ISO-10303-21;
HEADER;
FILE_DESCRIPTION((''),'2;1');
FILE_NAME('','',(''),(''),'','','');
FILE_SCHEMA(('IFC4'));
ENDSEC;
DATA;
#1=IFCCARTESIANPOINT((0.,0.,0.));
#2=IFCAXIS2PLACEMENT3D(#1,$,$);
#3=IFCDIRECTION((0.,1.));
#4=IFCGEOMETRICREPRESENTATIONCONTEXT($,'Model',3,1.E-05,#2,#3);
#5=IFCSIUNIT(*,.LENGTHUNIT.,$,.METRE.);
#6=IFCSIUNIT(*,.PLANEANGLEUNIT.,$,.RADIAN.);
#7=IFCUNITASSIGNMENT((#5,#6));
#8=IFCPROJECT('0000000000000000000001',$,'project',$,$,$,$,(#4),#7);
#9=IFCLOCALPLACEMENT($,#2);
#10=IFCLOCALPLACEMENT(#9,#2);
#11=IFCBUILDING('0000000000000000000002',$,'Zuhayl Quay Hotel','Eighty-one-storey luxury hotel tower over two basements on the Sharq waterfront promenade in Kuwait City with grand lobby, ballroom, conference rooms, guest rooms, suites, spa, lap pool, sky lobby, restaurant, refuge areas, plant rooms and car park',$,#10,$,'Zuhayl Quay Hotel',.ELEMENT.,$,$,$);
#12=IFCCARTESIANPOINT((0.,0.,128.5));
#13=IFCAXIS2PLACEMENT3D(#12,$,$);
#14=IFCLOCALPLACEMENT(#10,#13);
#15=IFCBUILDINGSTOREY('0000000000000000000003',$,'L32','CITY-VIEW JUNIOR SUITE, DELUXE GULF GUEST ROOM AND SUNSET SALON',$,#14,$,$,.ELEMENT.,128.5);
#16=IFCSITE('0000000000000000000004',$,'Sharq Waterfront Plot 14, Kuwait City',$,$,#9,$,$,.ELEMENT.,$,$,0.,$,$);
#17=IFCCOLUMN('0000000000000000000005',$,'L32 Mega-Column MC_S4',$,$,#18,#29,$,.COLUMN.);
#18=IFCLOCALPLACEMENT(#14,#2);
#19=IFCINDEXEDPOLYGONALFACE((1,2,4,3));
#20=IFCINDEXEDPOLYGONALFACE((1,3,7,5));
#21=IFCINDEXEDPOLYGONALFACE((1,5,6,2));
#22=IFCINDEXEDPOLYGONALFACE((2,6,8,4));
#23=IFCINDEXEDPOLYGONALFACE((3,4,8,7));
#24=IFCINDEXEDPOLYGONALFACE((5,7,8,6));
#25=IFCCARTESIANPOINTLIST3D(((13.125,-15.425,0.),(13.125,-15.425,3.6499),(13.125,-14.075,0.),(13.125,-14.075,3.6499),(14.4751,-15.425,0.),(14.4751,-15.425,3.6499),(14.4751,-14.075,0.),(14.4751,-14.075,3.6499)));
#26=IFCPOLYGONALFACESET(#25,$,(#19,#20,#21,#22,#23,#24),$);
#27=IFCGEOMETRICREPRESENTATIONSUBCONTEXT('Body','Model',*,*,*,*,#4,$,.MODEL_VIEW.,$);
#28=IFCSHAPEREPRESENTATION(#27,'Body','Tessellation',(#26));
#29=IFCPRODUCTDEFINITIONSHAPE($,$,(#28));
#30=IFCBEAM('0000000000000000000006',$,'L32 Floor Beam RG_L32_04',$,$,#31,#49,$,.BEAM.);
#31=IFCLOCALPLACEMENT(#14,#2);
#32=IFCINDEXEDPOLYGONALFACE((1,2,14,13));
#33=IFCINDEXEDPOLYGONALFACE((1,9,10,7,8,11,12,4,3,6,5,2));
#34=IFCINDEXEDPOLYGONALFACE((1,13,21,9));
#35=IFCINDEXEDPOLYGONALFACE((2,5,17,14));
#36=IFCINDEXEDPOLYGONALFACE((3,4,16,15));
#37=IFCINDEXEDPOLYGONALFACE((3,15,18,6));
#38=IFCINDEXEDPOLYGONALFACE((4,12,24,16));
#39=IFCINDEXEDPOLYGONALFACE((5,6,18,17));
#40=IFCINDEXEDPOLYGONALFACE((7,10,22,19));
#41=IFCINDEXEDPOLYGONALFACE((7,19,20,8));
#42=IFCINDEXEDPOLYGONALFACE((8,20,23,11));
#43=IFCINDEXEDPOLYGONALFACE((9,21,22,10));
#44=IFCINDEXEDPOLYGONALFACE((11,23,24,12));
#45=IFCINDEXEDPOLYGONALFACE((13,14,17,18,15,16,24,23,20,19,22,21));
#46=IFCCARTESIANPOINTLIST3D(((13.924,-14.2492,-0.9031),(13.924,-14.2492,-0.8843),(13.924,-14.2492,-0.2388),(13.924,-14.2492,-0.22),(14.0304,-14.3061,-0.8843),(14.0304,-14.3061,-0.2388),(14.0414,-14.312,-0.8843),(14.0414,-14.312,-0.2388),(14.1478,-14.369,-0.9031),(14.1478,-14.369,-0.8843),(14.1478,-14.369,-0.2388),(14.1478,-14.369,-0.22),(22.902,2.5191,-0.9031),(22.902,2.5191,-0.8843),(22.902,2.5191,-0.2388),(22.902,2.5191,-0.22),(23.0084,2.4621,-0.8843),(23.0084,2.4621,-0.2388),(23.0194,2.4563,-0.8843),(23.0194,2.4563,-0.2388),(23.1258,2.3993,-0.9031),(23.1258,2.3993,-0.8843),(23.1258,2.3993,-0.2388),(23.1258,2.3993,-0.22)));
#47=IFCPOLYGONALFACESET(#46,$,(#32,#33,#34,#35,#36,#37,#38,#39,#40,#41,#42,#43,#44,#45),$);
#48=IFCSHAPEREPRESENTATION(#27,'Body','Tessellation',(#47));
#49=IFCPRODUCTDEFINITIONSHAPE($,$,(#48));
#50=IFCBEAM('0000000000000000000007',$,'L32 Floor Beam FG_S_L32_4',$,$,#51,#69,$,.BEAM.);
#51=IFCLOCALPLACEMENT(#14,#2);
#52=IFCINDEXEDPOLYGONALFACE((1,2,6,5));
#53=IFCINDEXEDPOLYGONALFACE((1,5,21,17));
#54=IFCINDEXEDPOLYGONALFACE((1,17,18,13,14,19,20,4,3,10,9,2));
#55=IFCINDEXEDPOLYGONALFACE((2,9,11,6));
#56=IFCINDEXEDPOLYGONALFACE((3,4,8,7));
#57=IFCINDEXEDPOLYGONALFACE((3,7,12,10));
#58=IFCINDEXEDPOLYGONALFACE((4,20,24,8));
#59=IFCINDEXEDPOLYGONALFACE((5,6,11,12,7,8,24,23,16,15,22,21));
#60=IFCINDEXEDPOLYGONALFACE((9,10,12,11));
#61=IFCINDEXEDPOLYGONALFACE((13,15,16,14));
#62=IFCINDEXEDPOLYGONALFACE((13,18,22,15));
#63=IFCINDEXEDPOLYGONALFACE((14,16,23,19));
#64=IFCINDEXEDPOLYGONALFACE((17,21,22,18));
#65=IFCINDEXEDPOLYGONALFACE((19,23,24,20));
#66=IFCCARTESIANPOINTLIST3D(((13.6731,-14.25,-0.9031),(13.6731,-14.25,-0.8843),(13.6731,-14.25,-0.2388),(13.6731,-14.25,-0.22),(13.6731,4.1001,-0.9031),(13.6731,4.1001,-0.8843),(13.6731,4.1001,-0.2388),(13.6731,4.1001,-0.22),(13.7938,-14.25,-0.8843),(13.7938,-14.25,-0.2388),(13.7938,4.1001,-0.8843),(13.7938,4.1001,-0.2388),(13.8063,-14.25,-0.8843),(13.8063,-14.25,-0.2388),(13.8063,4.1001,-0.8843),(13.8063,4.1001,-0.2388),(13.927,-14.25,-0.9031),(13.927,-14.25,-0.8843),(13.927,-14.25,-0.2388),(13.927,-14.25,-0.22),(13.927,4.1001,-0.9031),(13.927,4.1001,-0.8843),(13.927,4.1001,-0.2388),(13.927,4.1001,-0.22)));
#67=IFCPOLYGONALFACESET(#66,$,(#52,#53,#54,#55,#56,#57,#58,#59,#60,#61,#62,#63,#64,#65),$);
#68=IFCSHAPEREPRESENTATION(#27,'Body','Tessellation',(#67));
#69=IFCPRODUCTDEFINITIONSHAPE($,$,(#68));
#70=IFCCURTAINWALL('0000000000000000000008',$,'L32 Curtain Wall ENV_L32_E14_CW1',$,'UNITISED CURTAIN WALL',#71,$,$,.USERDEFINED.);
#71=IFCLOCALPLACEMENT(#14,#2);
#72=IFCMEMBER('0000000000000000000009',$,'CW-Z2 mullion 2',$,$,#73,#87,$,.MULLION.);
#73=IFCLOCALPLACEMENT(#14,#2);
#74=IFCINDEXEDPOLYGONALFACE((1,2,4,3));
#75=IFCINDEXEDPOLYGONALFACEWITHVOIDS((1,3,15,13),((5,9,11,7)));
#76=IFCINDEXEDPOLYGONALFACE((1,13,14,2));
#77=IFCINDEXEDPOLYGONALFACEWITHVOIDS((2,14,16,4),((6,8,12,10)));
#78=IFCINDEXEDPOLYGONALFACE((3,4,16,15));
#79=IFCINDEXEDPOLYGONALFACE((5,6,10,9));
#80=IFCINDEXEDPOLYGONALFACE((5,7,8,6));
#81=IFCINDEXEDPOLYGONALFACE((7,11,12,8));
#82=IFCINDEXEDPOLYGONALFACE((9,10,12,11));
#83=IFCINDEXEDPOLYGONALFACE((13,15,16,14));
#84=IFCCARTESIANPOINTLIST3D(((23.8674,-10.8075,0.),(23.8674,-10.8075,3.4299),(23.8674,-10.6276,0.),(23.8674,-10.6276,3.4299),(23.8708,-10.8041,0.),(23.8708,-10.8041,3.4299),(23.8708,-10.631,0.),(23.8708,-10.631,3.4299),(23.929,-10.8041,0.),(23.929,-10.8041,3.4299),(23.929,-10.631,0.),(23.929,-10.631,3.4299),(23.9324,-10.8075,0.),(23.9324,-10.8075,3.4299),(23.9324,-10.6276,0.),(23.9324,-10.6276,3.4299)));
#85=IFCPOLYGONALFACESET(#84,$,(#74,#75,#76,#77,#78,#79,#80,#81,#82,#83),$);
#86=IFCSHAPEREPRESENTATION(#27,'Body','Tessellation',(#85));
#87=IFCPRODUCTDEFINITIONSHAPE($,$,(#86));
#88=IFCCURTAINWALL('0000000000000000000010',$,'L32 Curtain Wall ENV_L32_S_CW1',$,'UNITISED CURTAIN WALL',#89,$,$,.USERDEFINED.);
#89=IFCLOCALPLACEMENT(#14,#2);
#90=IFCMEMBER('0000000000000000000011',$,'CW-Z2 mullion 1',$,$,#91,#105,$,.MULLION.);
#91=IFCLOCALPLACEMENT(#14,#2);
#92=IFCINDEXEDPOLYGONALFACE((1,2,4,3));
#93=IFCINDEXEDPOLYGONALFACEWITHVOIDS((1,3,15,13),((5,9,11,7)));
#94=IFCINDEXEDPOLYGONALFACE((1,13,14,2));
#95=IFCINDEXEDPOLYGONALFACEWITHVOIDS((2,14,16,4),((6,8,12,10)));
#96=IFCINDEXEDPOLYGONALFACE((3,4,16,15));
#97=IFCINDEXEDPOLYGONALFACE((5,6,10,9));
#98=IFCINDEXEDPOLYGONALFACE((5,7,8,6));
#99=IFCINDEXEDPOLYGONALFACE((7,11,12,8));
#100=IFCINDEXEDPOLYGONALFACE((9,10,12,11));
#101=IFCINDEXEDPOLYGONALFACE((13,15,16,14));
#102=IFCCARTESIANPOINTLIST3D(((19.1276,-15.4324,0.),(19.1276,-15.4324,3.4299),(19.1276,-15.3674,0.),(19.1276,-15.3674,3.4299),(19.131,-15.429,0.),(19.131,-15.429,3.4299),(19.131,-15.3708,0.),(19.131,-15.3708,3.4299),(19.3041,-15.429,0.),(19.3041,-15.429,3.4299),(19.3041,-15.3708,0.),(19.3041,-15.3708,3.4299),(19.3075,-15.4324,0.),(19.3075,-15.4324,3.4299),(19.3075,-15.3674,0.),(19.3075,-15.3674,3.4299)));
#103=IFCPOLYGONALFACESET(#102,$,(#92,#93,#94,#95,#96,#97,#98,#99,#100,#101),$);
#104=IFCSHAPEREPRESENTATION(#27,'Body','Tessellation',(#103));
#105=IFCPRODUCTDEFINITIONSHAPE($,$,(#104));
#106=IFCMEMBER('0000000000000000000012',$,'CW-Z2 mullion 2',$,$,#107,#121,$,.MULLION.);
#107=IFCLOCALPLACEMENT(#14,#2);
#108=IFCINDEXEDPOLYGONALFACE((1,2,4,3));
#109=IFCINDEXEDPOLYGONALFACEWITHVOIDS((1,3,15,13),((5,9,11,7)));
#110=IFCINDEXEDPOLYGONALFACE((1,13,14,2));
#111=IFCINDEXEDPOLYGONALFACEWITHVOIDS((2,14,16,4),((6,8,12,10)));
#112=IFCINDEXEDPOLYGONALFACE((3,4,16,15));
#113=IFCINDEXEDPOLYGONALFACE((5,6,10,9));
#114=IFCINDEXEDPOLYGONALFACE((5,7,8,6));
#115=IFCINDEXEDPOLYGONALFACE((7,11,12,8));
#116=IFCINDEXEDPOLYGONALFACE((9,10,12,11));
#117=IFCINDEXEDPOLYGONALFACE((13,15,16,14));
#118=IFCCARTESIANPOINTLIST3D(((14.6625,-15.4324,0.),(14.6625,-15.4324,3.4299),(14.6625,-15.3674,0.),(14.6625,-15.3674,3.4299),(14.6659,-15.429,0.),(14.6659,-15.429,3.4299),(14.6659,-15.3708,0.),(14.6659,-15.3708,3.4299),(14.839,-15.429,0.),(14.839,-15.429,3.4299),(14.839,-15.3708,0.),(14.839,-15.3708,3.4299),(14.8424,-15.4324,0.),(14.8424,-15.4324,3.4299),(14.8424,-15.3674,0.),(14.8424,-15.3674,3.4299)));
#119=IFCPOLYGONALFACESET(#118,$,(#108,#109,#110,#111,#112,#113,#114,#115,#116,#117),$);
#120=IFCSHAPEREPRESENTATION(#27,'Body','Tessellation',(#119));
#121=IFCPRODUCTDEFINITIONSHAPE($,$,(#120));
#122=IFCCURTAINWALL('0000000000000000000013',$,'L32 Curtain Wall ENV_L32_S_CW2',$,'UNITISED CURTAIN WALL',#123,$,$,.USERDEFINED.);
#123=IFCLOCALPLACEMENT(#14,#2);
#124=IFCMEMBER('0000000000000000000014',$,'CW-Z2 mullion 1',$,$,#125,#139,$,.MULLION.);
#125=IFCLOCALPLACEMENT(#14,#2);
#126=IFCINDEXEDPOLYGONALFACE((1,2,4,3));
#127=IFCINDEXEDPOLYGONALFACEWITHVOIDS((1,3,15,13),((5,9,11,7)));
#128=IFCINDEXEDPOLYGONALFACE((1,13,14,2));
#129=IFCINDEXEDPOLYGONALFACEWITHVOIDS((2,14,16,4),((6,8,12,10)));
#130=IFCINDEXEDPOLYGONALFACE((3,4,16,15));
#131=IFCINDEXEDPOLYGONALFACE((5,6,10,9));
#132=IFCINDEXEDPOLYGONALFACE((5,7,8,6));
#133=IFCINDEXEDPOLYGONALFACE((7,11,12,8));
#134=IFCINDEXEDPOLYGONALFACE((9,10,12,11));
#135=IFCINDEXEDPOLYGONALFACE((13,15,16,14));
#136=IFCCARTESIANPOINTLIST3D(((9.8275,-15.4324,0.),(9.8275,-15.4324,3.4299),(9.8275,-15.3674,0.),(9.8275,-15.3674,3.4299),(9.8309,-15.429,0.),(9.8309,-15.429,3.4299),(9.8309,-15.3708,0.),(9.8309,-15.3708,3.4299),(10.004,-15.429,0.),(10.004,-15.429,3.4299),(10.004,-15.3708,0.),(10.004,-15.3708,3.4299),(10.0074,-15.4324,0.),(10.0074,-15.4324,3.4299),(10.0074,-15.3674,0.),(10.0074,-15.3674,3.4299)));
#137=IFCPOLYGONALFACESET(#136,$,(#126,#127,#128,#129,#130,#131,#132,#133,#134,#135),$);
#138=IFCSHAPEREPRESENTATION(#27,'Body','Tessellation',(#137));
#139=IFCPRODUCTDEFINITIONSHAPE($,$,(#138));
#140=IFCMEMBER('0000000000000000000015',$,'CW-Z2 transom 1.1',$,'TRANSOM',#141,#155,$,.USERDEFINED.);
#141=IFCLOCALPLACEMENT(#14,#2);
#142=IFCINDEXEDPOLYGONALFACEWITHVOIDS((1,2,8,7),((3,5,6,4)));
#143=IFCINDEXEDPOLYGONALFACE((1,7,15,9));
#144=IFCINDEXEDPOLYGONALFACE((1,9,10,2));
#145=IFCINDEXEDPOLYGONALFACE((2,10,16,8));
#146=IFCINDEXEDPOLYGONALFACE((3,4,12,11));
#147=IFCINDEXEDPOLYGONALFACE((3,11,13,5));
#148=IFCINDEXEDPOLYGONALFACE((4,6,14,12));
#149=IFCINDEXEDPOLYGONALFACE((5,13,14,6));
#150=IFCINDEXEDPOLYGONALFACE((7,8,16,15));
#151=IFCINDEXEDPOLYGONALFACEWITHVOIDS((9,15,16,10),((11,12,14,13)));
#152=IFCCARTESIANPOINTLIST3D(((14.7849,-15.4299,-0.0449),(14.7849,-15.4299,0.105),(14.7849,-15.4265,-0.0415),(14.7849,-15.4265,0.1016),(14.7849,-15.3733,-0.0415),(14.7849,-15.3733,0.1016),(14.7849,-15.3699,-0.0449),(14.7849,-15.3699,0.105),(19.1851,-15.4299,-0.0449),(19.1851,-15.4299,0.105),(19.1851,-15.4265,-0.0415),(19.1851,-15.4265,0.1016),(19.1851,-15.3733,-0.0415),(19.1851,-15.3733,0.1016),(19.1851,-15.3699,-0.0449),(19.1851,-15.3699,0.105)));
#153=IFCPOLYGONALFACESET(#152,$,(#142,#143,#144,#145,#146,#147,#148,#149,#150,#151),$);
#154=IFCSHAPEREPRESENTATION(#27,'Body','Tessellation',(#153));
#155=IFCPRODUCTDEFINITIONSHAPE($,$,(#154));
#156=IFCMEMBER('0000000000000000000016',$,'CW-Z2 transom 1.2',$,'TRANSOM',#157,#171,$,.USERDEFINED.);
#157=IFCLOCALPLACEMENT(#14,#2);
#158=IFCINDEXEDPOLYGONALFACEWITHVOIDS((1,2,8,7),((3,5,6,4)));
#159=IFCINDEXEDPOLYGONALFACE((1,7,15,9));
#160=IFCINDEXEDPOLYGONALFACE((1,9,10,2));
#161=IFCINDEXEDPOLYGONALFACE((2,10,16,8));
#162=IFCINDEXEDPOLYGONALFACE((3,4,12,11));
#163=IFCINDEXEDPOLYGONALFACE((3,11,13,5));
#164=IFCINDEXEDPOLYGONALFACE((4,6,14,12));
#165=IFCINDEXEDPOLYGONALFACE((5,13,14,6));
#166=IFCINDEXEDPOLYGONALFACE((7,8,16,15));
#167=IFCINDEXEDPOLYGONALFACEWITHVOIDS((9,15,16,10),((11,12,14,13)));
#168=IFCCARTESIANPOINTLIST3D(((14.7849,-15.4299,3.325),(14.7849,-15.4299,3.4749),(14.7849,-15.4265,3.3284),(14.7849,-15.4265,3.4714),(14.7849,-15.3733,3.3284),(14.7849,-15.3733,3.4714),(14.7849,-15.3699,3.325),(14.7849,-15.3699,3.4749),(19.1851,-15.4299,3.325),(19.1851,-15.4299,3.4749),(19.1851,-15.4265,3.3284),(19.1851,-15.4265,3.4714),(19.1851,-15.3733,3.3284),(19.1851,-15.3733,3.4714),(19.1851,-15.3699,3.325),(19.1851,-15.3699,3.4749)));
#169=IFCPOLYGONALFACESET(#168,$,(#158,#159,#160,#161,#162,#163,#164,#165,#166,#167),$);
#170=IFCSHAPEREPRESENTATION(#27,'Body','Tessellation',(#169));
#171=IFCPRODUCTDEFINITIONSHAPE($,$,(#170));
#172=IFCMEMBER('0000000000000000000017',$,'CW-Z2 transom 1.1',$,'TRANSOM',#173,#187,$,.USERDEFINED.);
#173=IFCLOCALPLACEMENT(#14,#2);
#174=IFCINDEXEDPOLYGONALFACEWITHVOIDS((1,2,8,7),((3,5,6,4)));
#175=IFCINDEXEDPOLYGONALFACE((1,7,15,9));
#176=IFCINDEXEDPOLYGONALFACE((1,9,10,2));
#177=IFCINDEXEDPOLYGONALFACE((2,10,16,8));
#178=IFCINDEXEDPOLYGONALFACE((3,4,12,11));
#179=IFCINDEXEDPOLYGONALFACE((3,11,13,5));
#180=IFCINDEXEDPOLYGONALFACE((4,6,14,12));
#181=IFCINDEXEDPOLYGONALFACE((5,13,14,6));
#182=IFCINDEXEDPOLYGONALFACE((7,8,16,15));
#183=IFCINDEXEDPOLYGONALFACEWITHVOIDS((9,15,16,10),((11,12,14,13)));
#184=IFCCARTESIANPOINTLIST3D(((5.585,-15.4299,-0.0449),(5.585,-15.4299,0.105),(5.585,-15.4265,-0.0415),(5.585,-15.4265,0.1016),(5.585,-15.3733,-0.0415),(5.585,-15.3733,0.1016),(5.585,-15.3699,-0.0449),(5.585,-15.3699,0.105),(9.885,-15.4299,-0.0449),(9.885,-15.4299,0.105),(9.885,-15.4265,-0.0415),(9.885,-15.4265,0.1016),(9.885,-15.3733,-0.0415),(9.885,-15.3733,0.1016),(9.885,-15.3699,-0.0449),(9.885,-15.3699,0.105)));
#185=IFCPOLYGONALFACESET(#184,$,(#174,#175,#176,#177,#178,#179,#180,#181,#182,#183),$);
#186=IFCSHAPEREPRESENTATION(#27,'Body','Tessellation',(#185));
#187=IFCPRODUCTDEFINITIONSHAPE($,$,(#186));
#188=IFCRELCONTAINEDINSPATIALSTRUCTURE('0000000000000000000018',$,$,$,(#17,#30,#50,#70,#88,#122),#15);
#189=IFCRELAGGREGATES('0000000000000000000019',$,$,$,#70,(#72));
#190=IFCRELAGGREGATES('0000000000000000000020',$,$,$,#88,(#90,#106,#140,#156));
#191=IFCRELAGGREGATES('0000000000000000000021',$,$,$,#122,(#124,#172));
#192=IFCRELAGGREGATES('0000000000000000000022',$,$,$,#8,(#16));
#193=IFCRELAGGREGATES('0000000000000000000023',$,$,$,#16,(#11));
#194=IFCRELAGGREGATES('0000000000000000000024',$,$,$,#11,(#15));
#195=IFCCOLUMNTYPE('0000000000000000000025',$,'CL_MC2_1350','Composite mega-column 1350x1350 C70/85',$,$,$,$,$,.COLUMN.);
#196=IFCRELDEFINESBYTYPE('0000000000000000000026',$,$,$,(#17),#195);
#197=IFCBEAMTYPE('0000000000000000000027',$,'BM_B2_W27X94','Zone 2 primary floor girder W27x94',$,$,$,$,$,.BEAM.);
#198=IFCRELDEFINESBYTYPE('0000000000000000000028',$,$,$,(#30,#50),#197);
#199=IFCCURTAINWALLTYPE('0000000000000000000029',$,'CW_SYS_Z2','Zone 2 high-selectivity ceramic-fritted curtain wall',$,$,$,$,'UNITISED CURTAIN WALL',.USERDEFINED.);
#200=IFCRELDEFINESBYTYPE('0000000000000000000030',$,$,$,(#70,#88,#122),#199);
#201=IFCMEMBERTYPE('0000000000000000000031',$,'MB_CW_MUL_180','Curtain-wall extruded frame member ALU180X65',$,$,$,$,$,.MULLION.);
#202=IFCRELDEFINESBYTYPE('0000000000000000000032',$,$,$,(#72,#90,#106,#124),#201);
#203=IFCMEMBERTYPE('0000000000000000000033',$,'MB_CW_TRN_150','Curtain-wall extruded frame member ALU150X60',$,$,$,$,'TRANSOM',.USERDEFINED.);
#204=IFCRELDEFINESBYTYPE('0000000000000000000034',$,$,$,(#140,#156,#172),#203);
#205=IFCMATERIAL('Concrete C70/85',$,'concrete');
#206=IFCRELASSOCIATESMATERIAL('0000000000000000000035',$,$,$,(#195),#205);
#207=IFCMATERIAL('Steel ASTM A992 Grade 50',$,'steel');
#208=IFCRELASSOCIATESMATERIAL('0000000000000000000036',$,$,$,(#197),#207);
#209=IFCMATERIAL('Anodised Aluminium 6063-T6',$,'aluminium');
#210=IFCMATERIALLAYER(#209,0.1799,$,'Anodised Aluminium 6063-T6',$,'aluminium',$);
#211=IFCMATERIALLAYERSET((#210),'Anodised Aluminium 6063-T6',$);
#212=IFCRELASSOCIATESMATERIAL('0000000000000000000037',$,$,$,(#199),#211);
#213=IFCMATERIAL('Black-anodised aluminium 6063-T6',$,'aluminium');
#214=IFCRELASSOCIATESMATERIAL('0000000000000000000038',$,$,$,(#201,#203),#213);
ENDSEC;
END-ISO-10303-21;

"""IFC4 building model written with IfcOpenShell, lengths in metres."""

from ifc_helpers import new_model, si_unit, direction, frame, origin, origin_2d, place, context, subcontext, project, spatial, rectangle, hollow_rectangle, i_section, extrude, material, layer, layer_set, material_profile, profile_set, type_object, element, aggregate, save


model = new_model("IFC4")

# Units and contexts
model_context = context("Model", 3, precision=1e-05, world=origin(), true_north=direction((0.0, 1.0)))
body_context = subcontext(model_context, "Body", "Model", "MODEL_VIEW")
ifc_project = project(units=[si_unit("LENGTHUNIT", "METRE"), si_unit("PLANEANGLEUNIT", "RADIAN")], contexts=[model_context])

# Site, building, storey
site_placement = place(None, origin())
site = spatial("IfcSite", under=ifc_project, at=site_placement, Name="Sharq Waterfront Plot 14, Kuwait City", CompositionType="ELEMENT", RefElevation=0.0)
building_placement = place(site_placement, origin())
building = spatial("IfcBuilding", under=site, at=building_placement, Name="Zuhayl Quay Hotel", Description="Eighty-one-storey luxury hotel tower over two basements on the Sharq waterfront promenade in Kuwait City with grand lobby, ballroom, conference rooms, guest rooms, suites, spa, lap pool, sky lobby, restaurant, refuge areas, plant rooms and car park", LongName="Zuhayl Quay Hotel", CompositionType="ELEMENT")
storey_placement = place(building_placement, frame((0.0, 0.0, 128.5)))
storey = spatial("IfcBuildingStorey", under=building, at=storey_placement, Name="L32", Description="CITY-VIEW JUNIOR SUITE, DELUXE GULF GUEST ROOM AND SUNSET SALON", CompositionType="ELEMENT", Elevation=128.5)

# Column
ifc_material_1 = material(Name="Concrete C70/85", Category="concrete")
ifc_material_profile_1 = material_profile(ifc_material_1, rectangle(XDim=1.3501, YDim=1.3501, at=origin_2d()), Name="RC1350X1350")
ifc_profile_set_1 = profile_set([ifc_material_profile_1], Name="Concrete C70/85")
column_type = type_object("IfcColumnType", Name="CL_MC2_1350", Description="Composite mega-column 1350x1350 C70/85", PredefinedType="COLUMN", material=ifc_profile_set_1)
column_placement = place(storey_placement, frame((13.8, -14.75, 0.0), z_axis=(0.0, 0.0, 1.0), x_axis=(1.0, 0.0, 0.0)))
element("IfcColumn", 1, at=column_placement, inside=storey, type_object=column_type, Name="L32 Mega-Column MC_S4", PredefinedType="COLUMN", context=body_context, shape_type="SweptSolid", body=[
    extrude(rectangle(XDim=1.3501, YDim=1.3501, at=origin_2d()), origin(), (0.0, 0.0, 1.0), 3.6499),
])

# Beams
ifc_material_2 = material(Name="Steel ASTM A992 Grade 50", Category="steel")
ifc_material_profile_2 = material_profile(ifc_material_2, i_section(OverallWidth=0.2539, OverallDepth=0.6831, WebThickness=0.0125, FlangeThickness=0.0188, at=origin_2d()), Name="W27X94")
ifc_profile_set_2 = profile_set([ifc_material_profile_2], Name="Steel ASTM A992 Grade 50")
beam_type = type_object("IfcBeamType", Name="BM_B2_W27X94", Description="Zone 2 primary floor girder W27x94", PredefinedType="BEAM", material=ifc_profile_set_2)
beam_1_placement = place(storey_placement, frame((14.0359, -14.3091, -0.5615), z_axis=(0.472017, 0.881589, 0.0), x_axis=(-0.881589, 0.472017, 0.0)))
element("IfcBeam", 2, at=beam_1_placement, inside=storey, type_object=beam_type, Name="L32 Floor Beam RG_L32_04", PredefinedType="BEAM", context=body_context, shape_type="SweptSolid", body=[
    extrude(i_section(OverallWidth=0.2539, OverallDepth=0.6831, WebThickness=0.0125, FlangeThickness=0.0188, at=origin_2d()), origin(), (0.0, 0.0, 1.0), 19.0205),
])
beam_2_placement = place(storey_placement, frame((13.8, -14.25, -0.5615), z_axis=(0.0, 1.0, 0.0), x_axis=(-1.0, 0.0, 0.0)))
element("IfcBeam", 3, at=beam_2_placement, inside=storey, type_object=beam_type, Name="L32 Floor Beam FG_S_L32_4", PredefinedType="BEAM", context=body_context, shape_type="SweptSolid", body=[
    extrude(i_section(OverallWidth=0.2539, OverallDepth=0.6831, WebThickness=0.0125, FlangeThickness=0.0188, at=origin_2d()), origin(), (0.0, 0.0, 1.0), 18.3501),
])

# Curtain wall, member
ifc_material_3 = material(Name="Anodised Aluminium 6063-T6", Category="aluminium")
ifc_layer_1 = layer(ifc_material_3, 0.1799, Name="Anodised Aluminium 6063-T6", Category="aluminium")
ifc_layer_set_1 = layer_set([ifc_layer_1], Name="Anodised Aluminium 6063-T6")
curtain_wall_type = type_object("IfcCurtainWallType", Name="CW_SYS_Z2", Description="Zone 2 high-selectivity ceramic-fritted curtain wall", ElementType="UNITISED CURTAIN WALL", PredefinedType="USERDEFINED", material=ifc_layer_set_1)
curtain_wall_1_placement = place(storey_placement, origin())
curtain_wall_1 = element("IfcCurtainWall", 4, at=curtain_wall_1_placement, inside=storey, type_object=curtain_wall_type, Name="L32 Curtain Wall ENV_L32_E14_CW1", ObjectType="UNITISED CURTAIN WALL", PredefinedType="USERDEFINED")
ifc_material_4 = material(Name="Black-anodised aluminium 6063-T6", Category="aluminium")
ifc_material_profile_3 = material_profile(ifc_material_4, hollow_rectangle(XDim=0.0649, YDim=0.1799, WallThickness=0.0034, at=origin_2d()), Name="ALU180X65")
ifc_profile_set_3 = profile_set([ifc_material_profile_3], Name="Black-anodised aluminium 6063-T6")
member_type_1 = type_object("IfcMemberType", Name="MB_CW_MUL_180", Description="Curtain-wall extruded frame member ALU180X65", PredefinedType="MULLION", material=ifc_profile_set_3)
member_1_placement = place(storey_placement, frame((23.8999, -10.7175, 0.0), z_axis=(0.0, 0.0, 1.0), x_axis=(1.0, 0.0, 0.0)))
member_1 = element("IfcMember", 5, at=member_1_placement, type_object=member_type_1, Name="CW-Z2 mullion 2", PredefinedType="MULLION", context=body_context, shape_type="SweptSolid", body=[
    extrude(hollow_rectangle(XDim=0.0649, YDim=0.1799, WallThickness=0.0034, at=origin_2d()), origin(), (0.0, 0.0, 1.0), 3.4299),
])
aggregate(curtain_wall_1, [member_1])

# Curtain wall, members
curtain_wall_2_placement = place(storey_placement, origin())
curtain_wall_2 = element("IfcCurtainWall", 6, at=curtain_wall_2_placement, inside=storey, type_object=curtain_wall_type, Name="L32 Curtain Wall ENV_L32_S_CW1", ObjectType="UNITISED CURTAIN WALL", PredefinedType="USERDEFINED")
member_2_placement = place(storey_placement, frame((19.2175, -15.3999, 0.0), z_axis=(0.0, 0.0, 1.0), x_axis=(0.0, -1.0, 0.0)))
member_2 = element("IfcMember", 7, at=member_2_placement, type_object=member_type_1, Name="CW-Z2 mullion 1", PredefinedType="MULLION", context=body_context, shape_type="SweptSolid", body=[
    extrude(hollow_rectangle(XDim=0.0649, YDim=0.1799, WallThickness=0.0034, at=origin_2d()), origin(), (0.0, 0.0, 1.0), 3.4299),
])
member_3_placement = place(storey_placement, frame((14.7524, -15.3999, 0.0), z_axis=(0.0, 0.0, 1.0), x_axis=(0.0, -1.0, 0.0)))
member_3 = element("IfcMember", 8, at=member_3_placement, type_object=member_type_1, Name="CW-Z2 mullion 2", PredefinedType="MULLION", context=body_context, shape_type="SweptSolid", body=[
    extrude(hollow_rectangle(XDim=0.0649, YDim=0.1799, WallThickness=0.0034, at=origin_2d()), origin(), (0.0, 0.0, 1.0), 3.4299),
])

# Curtain wall, member
curtain_wall_3_placement = place(storey_placement, origin())
curtain_wall_3 = element("IfcCurtainWall", 9, at=curtain_wall_3_placement, inside=storey, type_object=curtain_wall_type, Name="L32 Curtain Wall ENV_L32_S_CW2", ObjectType="UNITISED CURTAIN WALL", PredefinedType="USERDEFINED")
member_4_placement = place(storey_placement, frame((9.9175, -15.3999, 0.0), z_axis=(0.0, 0.0, 1.0), x_axis=(0.0, -1.0, 0.0)))
member_4 = element("IfcMember", 10, at=member_4_placement, type_object=member_type_1, Name="CW-Z2 mullion 1", PredefinedType="MULLION", context=body_context, shape_type="SweptSolid", body=[
    extrude(hollow_rectangle(XDim=0.0649, YDim=0.1799, WallThickness=0.0034, at=origin_2d()), origin(), (0.0, 0.0, 1.0), 3.4299),
])

# Members
ifc_material_profile_4 = material_profile(ifc_material_4, hollow_rectangle(XDim=0.0601, YDim=0.1499, WallThickness=0.0034, at=origin_2d()), Name="ALU150X60")
ifc_profile_set_4 = profile_set([ifc_material_profile_4], Name="Black-anodised aluminium 6063-T6")
member_type_2 = type_object("IfcMemberType", Name="MB_CW_TRN_150", Description="Curtain-wall extruded frame member ALU150X60", ElementType="TRANSOM", PredefinedType="USERDEFINED", material=ifc_profile_set_4)
member_5_placement = place(storey_placement, frame((19.1851, -15.3999, 0.03), z_axis=(-1.0, 0.0, 0.0), x_axis=(0.0, -1.0, 0.0)))
member_5 = element("IfcMember", 11, at=member_5_placement, type_object=member_type_2, Name="CW-Z2 transom 1.1", ObjectType="TRANSOM", PredefinedType="USERDEFINED", context=body_context, shape_type="SweptSolid", body=[
    extrude(hollow_rectangle(XDim=0.0601, YDim=0.1499, WallThickness=0.0034, at=origin_2d()), origin(), (0.0, 0.0, 1.0), 4.4001),
])
member_6_placement = place(storey_placement, frame((19.1851, -15.3999, 3.3999), z_axis=(-1.0, 0.0, 0.0), x_axis=(0.0, -1.0, 0.0)))
member_6 = element("IfcMember", 12, at=member_6_placement, type_object=member_type_2, Name="CW-Z2 transom 1.2", ObjectType="TRANSOM", PredefinedType="USERDEFINED", context=body_context, shape_type="SweptSolid", body=[
    extrude(hollow_rectangle(XDim=0.0601, YDim=0.1499, WallThickness=0.0034, at=origin_2d()), origin(), (0.0, 0.0, 1.0), 4.4001),
])
member_7_placement = place(storey_placement, frame((9.885, -15.3999, 0.03), z_axis=(-1.0, 0.0, 0.0), x_axis=(0.0, -1.0, 0.0)))
member_7 = element("IfcMember", 13, at=member_7_placement, type_object=member_type_2, Name="CW-Z2 transom 1.1", ObjectType="TRANSOM", PredefinedType="USERDEFINED", context=body_context, shape_type="SweptSolid", body=[
    extrude(hollow_rectangle(XDim=0.0601, YDim=0.1499, WallThickness=0.0034, at=origin_2d()), origin(), (0.0, 0.0, 1.0), 4.3),
])

aggregate(curtain_wall_2, [member_2, member_3, member_5, member_6])
aggregate(curtain_wall_3, [member_4, member_7])

save(model, "model.ifc")
